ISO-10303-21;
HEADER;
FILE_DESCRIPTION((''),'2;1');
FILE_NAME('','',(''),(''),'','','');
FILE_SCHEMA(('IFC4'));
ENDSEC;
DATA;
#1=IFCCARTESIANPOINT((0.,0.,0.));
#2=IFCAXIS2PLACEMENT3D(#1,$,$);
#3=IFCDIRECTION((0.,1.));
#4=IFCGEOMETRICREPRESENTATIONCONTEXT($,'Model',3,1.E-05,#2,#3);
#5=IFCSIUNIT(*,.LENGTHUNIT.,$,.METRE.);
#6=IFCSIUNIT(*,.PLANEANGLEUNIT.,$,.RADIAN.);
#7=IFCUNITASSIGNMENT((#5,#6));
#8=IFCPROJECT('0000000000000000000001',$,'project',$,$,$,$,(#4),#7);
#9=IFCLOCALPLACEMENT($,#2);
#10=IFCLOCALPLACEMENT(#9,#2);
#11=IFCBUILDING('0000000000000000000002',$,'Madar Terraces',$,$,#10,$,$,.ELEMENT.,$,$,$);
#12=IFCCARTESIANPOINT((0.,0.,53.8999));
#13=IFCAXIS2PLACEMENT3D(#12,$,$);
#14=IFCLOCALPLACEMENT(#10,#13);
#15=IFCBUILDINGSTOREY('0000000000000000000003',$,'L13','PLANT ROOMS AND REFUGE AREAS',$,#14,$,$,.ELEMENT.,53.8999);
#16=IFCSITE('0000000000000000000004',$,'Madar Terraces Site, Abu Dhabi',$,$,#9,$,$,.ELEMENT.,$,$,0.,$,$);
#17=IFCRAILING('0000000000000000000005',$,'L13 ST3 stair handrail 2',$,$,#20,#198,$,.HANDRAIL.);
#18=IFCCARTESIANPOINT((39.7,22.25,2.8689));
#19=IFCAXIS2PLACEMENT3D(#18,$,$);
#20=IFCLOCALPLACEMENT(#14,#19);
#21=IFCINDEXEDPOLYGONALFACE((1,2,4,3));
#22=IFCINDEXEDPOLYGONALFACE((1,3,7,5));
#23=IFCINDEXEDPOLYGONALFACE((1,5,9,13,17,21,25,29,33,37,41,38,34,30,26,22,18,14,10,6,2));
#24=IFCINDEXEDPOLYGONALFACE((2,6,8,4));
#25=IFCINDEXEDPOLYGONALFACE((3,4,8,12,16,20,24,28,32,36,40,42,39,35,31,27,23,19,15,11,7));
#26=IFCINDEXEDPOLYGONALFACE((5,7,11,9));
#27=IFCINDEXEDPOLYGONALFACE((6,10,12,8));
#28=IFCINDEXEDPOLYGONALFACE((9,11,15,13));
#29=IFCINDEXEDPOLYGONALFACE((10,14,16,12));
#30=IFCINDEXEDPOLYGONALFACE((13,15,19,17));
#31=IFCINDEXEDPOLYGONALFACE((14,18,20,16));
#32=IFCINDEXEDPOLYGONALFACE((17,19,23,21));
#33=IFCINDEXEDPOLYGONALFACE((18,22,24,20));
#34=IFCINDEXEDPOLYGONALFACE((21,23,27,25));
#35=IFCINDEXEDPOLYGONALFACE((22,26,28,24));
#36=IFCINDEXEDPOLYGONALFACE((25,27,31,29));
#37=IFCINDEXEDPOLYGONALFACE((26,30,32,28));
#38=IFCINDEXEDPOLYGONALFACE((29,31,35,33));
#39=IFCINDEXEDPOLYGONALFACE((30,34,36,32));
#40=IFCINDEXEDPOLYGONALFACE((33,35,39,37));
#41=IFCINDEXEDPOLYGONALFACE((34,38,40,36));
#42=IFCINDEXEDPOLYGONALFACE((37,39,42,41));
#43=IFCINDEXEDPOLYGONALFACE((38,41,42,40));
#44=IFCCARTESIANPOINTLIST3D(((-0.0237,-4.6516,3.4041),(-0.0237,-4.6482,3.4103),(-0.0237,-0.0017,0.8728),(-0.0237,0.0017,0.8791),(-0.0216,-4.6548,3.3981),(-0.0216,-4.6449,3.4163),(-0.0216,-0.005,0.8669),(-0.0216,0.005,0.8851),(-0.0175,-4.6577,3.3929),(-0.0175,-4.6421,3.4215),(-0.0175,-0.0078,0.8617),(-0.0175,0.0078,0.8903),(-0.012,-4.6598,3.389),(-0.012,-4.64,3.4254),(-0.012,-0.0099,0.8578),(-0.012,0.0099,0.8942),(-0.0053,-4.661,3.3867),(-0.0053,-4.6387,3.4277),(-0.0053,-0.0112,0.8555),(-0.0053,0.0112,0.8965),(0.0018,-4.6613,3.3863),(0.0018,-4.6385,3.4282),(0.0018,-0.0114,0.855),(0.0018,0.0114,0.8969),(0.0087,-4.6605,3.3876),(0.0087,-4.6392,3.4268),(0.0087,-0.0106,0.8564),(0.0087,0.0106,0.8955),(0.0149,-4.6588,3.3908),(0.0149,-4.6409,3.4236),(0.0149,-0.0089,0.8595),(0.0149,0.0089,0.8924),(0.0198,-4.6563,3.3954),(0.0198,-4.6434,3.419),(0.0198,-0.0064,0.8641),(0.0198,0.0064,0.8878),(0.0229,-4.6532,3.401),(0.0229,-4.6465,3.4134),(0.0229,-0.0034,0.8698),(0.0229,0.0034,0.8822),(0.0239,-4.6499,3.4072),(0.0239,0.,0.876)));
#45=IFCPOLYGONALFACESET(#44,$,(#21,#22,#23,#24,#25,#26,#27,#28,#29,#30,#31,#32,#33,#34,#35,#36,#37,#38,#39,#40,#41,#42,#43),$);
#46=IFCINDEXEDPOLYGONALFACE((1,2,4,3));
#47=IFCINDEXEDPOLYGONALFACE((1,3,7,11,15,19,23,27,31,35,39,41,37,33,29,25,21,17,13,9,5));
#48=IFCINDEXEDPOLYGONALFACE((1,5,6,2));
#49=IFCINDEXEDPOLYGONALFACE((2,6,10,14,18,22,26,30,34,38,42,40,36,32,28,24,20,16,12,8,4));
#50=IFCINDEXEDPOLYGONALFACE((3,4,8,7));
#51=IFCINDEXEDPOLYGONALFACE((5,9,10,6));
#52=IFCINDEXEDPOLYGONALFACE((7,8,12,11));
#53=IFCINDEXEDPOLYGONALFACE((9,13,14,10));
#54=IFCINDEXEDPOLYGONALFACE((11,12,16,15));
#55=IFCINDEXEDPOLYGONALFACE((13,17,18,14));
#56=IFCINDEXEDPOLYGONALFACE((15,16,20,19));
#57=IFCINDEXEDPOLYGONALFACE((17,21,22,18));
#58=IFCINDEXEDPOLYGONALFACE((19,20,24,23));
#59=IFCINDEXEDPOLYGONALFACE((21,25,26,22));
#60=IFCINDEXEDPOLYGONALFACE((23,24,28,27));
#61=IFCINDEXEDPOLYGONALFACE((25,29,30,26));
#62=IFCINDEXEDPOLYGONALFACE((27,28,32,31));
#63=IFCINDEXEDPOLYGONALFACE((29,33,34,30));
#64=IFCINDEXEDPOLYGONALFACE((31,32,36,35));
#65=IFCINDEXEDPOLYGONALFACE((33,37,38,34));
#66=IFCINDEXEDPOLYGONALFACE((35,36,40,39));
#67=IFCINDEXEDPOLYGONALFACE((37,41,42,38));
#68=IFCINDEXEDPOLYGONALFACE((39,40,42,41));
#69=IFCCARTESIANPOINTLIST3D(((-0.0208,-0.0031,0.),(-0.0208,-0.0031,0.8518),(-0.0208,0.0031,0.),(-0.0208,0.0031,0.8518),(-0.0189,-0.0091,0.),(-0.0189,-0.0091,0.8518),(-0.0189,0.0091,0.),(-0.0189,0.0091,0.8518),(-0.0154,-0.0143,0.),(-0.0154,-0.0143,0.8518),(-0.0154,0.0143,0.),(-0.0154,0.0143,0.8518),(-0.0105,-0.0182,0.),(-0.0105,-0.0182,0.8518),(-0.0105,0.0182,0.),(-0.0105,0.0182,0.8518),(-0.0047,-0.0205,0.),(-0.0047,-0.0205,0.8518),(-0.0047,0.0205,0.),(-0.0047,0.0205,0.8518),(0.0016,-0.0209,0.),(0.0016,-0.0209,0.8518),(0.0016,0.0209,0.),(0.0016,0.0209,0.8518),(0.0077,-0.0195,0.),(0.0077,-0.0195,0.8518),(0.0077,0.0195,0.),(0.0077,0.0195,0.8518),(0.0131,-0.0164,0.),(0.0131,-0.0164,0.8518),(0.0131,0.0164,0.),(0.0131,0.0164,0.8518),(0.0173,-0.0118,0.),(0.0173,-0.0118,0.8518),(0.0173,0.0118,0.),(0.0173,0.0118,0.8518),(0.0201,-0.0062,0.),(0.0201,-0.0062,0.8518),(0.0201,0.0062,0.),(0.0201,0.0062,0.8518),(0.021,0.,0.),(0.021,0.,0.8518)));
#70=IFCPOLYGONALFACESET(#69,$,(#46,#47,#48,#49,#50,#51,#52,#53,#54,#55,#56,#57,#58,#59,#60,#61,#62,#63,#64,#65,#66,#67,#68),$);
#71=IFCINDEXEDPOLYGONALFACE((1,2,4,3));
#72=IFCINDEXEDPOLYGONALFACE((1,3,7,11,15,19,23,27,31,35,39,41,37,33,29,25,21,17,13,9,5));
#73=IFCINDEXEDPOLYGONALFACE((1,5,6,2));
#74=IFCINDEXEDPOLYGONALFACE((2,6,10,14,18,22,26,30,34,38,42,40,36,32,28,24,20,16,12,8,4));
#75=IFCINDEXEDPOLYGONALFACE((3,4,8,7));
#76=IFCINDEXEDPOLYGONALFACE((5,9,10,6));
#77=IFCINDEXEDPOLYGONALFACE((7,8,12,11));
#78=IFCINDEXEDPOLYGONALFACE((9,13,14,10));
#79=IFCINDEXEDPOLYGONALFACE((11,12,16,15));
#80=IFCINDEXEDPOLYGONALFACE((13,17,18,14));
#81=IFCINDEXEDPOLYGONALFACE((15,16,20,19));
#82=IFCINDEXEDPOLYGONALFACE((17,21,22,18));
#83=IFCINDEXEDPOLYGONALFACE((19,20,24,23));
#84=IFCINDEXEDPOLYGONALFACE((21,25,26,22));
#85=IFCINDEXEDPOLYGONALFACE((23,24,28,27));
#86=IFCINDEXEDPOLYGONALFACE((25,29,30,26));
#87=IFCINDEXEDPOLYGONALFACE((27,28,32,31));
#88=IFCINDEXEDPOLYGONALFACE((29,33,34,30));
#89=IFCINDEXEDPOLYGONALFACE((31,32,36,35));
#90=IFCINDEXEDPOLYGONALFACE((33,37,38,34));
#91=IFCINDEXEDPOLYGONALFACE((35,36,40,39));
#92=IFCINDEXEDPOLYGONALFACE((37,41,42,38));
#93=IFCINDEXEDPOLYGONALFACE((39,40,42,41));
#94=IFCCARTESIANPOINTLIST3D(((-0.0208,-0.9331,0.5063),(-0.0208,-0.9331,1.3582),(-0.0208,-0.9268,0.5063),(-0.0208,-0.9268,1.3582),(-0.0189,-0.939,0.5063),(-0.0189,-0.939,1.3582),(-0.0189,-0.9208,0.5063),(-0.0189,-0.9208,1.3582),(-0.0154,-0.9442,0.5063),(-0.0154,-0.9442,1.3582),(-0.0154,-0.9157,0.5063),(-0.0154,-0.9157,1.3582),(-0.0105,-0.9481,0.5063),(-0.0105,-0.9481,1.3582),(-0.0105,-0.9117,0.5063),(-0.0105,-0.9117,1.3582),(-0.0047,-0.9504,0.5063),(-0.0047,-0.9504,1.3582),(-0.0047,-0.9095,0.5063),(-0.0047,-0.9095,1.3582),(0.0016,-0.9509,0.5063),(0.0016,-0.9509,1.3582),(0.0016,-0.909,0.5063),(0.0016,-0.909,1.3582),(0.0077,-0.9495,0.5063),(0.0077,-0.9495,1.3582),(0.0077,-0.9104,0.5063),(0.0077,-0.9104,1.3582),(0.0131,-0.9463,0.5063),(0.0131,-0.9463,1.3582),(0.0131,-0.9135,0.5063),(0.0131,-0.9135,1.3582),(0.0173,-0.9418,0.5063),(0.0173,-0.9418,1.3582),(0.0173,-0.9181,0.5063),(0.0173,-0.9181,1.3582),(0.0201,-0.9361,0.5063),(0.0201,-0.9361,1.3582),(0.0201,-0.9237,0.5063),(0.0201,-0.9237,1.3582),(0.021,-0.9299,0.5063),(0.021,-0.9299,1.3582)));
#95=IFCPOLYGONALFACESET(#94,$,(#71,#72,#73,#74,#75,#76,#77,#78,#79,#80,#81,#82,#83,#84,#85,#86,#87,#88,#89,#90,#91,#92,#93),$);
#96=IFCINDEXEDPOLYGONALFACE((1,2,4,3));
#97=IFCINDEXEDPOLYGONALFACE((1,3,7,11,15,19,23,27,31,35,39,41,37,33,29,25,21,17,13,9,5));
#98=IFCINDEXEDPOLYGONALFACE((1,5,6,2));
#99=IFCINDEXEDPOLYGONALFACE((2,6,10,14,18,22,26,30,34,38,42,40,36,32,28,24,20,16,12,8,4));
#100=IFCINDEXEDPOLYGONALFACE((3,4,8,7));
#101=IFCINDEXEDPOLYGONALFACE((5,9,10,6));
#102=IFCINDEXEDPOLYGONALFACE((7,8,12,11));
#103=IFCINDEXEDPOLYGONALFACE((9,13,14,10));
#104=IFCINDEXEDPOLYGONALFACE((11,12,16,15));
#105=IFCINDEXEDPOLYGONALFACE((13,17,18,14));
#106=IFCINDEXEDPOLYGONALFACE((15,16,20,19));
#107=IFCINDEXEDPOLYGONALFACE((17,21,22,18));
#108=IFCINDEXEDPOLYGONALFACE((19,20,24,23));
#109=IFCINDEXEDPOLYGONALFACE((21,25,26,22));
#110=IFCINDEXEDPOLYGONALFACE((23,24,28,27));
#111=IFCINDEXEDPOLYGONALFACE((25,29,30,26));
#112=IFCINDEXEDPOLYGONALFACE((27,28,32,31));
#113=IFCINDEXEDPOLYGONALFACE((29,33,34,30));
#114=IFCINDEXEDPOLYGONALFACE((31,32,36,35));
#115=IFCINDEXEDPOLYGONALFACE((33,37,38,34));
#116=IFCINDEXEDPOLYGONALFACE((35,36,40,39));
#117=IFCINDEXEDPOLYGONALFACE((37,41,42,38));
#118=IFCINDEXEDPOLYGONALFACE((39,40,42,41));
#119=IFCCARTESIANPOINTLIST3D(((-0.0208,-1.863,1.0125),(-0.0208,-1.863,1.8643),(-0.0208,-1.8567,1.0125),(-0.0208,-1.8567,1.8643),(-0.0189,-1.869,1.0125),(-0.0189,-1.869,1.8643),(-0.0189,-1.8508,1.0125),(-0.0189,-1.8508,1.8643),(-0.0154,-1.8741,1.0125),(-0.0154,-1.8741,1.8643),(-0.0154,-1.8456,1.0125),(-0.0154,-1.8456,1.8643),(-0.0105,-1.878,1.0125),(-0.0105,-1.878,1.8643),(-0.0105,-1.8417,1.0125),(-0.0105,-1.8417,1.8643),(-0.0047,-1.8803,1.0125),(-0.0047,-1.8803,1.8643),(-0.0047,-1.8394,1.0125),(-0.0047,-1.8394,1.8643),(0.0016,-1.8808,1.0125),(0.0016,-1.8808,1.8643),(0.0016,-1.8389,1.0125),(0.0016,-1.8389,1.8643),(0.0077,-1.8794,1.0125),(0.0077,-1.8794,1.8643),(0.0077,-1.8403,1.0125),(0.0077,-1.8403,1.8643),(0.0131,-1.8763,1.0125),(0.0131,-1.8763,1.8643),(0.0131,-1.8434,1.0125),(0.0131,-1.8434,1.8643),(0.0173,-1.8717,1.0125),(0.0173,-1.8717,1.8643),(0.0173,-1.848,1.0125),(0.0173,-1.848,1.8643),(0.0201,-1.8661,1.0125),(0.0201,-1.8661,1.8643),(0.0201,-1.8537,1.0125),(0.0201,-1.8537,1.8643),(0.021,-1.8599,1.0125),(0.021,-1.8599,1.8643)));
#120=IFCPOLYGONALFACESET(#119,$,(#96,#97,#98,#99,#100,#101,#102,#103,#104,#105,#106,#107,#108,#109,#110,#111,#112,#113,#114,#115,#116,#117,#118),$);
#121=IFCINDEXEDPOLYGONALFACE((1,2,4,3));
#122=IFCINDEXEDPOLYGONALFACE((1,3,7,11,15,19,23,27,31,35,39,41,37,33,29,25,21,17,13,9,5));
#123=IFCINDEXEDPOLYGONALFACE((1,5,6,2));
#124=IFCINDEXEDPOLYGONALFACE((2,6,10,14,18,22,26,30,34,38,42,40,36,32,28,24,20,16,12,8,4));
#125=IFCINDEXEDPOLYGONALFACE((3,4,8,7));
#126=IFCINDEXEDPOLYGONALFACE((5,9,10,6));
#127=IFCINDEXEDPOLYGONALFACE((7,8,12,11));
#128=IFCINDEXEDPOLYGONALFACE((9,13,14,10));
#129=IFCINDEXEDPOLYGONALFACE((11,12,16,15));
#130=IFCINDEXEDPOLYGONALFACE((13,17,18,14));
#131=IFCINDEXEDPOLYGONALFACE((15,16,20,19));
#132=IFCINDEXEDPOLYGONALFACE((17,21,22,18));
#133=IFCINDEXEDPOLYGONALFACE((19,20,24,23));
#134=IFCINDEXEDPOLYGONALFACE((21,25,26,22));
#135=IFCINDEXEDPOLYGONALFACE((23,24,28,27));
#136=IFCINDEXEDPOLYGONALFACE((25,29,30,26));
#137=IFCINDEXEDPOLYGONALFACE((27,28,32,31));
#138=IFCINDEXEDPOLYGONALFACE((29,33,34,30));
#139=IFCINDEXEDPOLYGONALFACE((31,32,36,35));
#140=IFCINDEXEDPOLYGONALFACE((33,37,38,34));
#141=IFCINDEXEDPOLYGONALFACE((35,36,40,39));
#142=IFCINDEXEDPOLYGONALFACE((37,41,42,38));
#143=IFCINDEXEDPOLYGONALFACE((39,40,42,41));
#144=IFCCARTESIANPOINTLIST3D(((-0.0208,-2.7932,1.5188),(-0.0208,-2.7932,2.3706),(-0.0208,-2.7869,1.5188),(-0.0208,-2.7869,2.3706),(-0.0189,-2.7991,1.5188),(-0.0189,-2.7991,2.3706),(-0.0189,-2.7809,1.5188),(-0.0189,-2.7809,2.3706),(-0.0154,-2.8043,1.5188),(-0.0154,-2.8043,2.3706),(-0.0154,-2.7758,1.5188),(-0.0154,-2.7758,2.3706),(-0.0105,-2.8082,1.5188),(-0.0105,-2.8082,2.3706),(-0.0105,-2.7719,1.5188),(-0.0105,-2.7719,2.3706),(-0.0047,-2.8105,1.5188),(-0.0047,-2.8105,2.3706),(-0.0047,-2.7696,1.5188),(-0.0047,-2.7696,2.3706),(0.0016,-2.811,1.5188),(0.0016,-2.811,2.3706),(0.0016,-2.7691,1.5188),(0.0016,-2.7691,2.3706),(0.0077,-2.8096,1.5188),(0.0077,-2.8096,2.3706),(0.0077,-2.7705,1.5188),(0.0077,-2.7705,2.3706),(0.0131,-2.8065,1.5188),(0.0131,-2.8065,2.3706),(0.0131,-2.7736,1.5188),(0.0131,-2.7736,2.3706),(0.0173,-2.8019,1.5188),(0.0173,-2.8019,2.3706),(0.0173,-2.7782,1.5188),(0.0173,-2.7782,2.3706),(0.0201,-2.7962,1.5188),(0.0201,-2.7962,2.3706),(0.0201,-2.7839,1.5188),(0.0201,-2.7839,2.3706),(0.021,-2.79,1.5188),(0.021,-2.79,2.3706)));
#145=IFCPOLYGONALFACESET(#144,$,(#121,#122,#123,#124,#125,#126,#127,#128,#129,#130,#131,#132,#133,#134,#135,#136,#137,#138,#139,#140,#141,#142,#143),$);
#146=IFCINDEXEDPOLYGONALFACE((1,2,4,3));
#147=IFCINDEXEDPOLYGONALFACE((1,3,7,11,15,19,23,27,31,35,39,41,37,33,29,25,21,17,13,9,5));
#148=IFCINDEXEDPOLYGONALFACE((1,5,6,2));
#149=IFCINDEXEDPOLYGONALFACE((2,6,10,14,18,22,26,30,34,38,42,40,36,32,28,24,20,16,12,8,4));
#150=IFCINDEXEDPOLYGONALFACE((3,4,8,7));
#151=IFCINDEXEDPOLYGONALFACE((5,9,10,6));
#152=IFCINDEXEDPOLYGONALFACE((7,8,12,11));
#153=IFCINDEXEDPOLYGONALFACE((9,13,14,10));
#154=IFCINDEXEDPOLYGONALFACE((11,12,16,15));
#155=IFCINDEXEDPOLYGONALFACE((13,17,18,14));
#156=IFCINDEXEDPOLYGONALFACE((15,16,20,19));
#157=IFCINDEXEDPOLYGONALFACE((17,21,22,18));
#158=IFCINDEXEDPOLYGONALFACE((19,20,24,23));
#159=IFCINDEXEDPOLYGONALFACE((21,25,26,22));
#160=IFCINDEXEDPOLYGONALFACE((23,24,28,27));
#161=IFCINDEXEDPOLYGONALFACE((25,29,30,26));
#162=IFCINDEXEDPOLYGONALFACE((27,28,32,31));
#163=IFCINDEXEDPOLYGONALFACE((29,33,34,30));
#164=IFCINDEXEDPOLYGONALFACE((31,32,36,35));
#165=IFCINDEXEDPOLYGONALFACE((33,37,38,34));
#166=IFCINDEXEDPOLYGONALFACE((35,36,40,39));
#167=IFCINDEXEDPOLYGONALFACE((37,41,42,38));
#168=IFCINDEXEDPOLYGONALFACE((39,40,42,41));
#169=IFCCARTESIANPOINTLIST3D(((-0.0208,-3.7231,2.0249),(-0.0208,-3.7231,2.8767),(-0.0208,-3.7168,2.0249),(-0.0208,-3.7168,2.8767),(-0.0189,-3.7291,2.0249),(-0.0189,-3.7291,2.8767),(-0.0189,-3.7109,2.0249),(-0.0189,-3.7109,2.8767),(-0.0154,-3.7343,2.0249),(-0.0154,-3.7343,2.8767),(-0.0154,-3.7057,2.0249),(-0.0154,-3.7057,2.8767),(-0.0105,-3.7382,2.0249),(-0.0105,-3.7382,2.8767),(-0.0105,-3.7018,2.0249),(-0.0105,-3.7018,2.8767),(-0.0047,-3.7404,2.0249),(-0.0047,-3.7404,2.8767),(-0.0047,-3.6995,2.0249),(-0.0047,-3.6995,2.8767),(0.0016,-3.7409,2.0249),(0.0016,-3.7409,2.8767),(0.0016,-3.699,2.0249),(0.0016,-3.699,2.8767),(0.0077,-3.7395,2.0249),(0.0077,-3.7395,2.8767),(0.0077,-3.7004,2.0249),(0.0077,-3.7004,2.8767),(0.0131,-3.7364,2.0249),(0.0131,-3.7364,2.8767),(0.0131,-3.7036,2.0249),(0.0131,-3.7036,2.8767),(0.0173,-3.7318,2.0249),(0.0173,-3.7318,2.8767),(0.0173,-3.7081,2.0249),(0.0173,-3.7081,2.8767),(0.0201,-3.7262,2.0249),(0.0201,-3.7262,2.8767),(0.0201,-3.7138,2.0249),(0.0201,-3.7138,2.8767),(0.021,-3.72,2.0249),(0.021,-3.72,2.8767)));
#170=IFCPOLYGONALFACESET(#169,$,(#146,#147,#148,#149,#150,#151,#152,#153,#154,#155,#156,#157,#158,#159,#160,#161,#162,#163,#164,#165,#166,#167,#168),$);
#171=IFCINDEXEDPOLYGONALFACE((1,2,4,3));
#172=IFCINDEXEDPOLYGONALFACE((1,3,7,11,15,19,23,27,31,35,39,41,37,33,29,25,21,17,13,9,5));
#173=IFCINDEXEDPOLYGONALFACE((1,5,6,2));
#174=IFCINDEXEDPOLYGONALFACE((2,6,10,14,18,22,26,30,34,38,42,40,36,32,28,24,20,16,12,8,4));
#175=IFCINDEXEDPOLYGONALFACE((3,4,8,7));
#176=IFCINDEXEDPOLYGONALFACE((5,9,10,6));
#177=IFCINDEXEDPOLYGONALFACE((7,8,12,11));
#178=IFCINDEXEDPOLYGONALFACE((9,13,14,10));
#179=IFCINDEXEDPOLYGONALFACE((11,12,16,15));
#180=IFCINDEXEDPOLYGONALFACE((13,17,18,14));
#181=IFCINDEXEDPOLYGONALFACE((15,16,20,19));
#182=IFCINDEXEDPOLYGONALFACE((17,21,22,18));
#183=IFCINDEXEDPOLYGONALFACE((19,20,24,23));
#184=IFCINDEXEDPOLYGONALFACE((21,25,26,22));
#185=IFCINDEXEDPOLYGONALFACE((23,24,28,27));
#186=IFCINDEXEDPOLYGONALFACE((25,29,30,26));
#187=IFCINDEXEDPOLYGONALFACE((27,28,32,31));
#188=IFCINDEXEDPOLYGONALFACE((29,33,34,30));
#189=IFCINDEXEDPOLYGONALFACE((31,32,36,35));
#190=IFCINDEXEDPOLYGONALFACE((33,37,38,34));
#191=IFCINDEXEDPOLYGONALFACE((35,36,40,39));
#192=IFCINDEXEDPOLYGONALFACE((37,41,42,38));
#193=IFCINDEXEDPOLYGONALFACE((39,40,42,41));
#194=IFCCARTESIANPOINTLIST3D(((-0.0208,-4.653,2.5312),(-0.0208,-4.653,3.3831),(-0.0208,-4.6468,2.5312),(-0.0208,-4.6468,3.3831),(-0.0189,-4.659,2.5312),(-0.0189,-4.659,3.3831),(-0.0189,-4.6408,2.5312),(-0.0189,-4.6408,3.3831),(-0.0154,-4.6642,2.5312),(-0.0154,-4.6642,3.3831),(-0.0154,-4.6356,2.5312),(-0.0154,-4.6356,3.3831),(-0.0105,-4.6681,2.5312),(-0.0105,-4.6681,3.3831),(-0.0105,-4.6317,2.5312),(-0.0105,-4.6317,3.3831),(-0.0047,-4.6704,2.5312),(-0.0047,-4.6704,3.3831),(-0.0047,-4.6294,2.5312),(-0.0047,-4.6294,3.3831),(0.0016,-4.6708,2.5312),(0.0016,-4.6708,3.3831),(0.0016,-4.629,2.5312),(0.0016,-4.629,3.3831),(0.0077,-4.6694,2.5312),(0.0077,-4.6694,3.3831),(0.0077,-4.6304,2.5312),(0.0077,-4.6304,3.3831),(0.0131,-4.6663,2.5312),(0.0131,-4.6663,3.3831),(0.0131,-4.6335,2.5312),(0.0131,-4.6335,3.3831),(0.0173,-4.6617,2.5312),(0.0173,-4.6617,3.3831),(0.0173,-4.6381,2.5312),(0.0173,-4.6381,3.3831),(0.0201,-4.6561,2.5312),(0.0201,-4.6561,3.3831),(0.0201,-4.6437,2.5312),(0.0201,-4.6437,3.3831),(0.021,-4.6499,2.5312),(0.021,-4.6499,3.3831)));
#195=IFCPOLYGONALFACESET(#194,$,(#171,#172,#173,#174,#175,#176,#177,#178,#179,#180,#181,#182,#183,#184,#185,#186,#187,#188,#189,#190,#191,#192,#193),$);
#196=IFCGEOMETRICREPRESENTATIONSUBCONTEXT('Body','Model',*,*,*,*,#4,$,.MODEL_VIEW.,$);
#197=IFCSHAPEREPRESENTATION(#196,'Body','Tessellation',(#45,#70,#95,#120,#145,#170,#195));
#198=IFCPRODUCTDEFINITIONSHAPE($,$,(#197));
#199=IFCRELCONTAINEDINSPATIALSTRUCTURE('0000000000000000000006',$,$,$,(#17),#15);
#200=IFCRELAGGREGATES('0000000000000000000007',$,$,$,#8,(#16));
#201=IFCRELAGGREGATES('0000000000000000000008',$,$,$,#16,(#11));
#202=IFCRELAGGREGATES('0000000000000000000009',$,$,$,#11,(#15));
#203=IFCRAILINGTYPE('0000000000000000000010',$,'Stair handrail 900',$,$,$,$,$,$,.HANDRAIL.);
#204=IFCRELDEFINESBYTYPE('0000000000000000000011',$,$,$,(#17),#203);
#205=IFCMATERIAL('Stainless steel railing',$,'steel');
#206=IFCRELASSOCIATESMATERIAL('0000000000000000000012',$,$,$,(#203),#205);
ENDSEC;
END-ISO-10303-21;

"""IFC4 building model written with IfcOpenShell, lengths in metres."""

from ifc_helpers import new_model, si_unit, direction, frame, origin, origin_2d, place, context, subcontext, project, spatial, circle, extrude, material, type_object, element, save


model = new_model("IFC4")

# Units and contexts
model_context = context("Model", 3, precision=1e-05, world=origin(), true_north=direction((0.0, 1.0)))
body_context = subcontext(model_context, "Body", "Model", "MODEL_VIEW")
ifc_project = project(units=[si_unit("LENGTHUNIT", "METRE"), si_unit("PLANEANGLEUNIT", "RADIAN")], contexts=[model_context])

# Site, building, storey
site_placement = place(None, origin())
site = spatial("IfcSite", under=ifc_project, at=site_placement, Name="Madar Terraces Site, Abu Dhabi", CompositionType="ELEMENT", RefElevation=0.0)
building_placement = place(site_placement, origin())
building = spatial("IfcBuilding", under=site, at=building_placement, Name="Madar Terraces", CompositionType="ELEMENT")
storey_placement = place(building_placement, frame((0.0, 0.0, 53.8999)))
storey = spatial("IfcBuildingStorey", under=building, at=storey_placement, Name="L13", Description="PLANT ROOMS AND REFUGE AREAS", CompositionType="ELEMENT", Elevation=53.8999)

# Railing
ifc_material_1 = material(Name="Stainless steel railing", Category="steel")
railing_type_1 = type_object("IfcRailingType", Name="Stair handrail 900", PredefinedType="HANDRAIL", material=ifc_material_1)
railing_1_placement = place(storey_placement, frame((39.7, 22.25, 2.8689)))
element("IfcRailing", 1, at=railing_1_placement, inside=storey, type_object=railing_type_1, Name="L13 ST3 stair handrail 2", PredefinedType="HANDRAIL", context=body_context, shape_type="SweptSolid", body=[
    extrude(circle(Radius=0.0239, at=origin_2d()), frame((0.0, 0.0, 0.876), z_axis=(0.0, -0.878297, 0.478115), x_axis=(1.0, 0.0, 0.0)), (0.0, 0.0, 1.0), 5.2942),
    extrude(circle(Radius=0.021, at=origin_2d()), origin(), (0.0, 0.0, 1.0), 0.8518),
    extrude(circle(Radius=0.021, at=origin_2d()), frame((0.0, -0.9299, 0.5063)), (0.0, 0.0, 1.0), 0.8518),
    extrude(circle(Radius=0.021, at=origin_2d()), frame((0.0, -1.8599, 1.0125)), (0.0, 0.0, 1.0), 0.8518),
    extrude(circle(Radius=0.021, at=origin_2d()), frame((0.0, -2.79, 1.5188)), (0.0, 0.0, 1.0), 0.8518),
    extrude(circle(Radius=0.021, at=origin_2d()), frame((0.0, -3.72, 2.0249)), (0.0, 0.0, 1.0), 0.8518),
    extrude(circle(Radius=0.021, at=origin_2d()), frame((0.0, -4.6499, 2.5312)), (0.0, 0.0, 1.0), 0.8518),
])

save(model, "model.ifc")
